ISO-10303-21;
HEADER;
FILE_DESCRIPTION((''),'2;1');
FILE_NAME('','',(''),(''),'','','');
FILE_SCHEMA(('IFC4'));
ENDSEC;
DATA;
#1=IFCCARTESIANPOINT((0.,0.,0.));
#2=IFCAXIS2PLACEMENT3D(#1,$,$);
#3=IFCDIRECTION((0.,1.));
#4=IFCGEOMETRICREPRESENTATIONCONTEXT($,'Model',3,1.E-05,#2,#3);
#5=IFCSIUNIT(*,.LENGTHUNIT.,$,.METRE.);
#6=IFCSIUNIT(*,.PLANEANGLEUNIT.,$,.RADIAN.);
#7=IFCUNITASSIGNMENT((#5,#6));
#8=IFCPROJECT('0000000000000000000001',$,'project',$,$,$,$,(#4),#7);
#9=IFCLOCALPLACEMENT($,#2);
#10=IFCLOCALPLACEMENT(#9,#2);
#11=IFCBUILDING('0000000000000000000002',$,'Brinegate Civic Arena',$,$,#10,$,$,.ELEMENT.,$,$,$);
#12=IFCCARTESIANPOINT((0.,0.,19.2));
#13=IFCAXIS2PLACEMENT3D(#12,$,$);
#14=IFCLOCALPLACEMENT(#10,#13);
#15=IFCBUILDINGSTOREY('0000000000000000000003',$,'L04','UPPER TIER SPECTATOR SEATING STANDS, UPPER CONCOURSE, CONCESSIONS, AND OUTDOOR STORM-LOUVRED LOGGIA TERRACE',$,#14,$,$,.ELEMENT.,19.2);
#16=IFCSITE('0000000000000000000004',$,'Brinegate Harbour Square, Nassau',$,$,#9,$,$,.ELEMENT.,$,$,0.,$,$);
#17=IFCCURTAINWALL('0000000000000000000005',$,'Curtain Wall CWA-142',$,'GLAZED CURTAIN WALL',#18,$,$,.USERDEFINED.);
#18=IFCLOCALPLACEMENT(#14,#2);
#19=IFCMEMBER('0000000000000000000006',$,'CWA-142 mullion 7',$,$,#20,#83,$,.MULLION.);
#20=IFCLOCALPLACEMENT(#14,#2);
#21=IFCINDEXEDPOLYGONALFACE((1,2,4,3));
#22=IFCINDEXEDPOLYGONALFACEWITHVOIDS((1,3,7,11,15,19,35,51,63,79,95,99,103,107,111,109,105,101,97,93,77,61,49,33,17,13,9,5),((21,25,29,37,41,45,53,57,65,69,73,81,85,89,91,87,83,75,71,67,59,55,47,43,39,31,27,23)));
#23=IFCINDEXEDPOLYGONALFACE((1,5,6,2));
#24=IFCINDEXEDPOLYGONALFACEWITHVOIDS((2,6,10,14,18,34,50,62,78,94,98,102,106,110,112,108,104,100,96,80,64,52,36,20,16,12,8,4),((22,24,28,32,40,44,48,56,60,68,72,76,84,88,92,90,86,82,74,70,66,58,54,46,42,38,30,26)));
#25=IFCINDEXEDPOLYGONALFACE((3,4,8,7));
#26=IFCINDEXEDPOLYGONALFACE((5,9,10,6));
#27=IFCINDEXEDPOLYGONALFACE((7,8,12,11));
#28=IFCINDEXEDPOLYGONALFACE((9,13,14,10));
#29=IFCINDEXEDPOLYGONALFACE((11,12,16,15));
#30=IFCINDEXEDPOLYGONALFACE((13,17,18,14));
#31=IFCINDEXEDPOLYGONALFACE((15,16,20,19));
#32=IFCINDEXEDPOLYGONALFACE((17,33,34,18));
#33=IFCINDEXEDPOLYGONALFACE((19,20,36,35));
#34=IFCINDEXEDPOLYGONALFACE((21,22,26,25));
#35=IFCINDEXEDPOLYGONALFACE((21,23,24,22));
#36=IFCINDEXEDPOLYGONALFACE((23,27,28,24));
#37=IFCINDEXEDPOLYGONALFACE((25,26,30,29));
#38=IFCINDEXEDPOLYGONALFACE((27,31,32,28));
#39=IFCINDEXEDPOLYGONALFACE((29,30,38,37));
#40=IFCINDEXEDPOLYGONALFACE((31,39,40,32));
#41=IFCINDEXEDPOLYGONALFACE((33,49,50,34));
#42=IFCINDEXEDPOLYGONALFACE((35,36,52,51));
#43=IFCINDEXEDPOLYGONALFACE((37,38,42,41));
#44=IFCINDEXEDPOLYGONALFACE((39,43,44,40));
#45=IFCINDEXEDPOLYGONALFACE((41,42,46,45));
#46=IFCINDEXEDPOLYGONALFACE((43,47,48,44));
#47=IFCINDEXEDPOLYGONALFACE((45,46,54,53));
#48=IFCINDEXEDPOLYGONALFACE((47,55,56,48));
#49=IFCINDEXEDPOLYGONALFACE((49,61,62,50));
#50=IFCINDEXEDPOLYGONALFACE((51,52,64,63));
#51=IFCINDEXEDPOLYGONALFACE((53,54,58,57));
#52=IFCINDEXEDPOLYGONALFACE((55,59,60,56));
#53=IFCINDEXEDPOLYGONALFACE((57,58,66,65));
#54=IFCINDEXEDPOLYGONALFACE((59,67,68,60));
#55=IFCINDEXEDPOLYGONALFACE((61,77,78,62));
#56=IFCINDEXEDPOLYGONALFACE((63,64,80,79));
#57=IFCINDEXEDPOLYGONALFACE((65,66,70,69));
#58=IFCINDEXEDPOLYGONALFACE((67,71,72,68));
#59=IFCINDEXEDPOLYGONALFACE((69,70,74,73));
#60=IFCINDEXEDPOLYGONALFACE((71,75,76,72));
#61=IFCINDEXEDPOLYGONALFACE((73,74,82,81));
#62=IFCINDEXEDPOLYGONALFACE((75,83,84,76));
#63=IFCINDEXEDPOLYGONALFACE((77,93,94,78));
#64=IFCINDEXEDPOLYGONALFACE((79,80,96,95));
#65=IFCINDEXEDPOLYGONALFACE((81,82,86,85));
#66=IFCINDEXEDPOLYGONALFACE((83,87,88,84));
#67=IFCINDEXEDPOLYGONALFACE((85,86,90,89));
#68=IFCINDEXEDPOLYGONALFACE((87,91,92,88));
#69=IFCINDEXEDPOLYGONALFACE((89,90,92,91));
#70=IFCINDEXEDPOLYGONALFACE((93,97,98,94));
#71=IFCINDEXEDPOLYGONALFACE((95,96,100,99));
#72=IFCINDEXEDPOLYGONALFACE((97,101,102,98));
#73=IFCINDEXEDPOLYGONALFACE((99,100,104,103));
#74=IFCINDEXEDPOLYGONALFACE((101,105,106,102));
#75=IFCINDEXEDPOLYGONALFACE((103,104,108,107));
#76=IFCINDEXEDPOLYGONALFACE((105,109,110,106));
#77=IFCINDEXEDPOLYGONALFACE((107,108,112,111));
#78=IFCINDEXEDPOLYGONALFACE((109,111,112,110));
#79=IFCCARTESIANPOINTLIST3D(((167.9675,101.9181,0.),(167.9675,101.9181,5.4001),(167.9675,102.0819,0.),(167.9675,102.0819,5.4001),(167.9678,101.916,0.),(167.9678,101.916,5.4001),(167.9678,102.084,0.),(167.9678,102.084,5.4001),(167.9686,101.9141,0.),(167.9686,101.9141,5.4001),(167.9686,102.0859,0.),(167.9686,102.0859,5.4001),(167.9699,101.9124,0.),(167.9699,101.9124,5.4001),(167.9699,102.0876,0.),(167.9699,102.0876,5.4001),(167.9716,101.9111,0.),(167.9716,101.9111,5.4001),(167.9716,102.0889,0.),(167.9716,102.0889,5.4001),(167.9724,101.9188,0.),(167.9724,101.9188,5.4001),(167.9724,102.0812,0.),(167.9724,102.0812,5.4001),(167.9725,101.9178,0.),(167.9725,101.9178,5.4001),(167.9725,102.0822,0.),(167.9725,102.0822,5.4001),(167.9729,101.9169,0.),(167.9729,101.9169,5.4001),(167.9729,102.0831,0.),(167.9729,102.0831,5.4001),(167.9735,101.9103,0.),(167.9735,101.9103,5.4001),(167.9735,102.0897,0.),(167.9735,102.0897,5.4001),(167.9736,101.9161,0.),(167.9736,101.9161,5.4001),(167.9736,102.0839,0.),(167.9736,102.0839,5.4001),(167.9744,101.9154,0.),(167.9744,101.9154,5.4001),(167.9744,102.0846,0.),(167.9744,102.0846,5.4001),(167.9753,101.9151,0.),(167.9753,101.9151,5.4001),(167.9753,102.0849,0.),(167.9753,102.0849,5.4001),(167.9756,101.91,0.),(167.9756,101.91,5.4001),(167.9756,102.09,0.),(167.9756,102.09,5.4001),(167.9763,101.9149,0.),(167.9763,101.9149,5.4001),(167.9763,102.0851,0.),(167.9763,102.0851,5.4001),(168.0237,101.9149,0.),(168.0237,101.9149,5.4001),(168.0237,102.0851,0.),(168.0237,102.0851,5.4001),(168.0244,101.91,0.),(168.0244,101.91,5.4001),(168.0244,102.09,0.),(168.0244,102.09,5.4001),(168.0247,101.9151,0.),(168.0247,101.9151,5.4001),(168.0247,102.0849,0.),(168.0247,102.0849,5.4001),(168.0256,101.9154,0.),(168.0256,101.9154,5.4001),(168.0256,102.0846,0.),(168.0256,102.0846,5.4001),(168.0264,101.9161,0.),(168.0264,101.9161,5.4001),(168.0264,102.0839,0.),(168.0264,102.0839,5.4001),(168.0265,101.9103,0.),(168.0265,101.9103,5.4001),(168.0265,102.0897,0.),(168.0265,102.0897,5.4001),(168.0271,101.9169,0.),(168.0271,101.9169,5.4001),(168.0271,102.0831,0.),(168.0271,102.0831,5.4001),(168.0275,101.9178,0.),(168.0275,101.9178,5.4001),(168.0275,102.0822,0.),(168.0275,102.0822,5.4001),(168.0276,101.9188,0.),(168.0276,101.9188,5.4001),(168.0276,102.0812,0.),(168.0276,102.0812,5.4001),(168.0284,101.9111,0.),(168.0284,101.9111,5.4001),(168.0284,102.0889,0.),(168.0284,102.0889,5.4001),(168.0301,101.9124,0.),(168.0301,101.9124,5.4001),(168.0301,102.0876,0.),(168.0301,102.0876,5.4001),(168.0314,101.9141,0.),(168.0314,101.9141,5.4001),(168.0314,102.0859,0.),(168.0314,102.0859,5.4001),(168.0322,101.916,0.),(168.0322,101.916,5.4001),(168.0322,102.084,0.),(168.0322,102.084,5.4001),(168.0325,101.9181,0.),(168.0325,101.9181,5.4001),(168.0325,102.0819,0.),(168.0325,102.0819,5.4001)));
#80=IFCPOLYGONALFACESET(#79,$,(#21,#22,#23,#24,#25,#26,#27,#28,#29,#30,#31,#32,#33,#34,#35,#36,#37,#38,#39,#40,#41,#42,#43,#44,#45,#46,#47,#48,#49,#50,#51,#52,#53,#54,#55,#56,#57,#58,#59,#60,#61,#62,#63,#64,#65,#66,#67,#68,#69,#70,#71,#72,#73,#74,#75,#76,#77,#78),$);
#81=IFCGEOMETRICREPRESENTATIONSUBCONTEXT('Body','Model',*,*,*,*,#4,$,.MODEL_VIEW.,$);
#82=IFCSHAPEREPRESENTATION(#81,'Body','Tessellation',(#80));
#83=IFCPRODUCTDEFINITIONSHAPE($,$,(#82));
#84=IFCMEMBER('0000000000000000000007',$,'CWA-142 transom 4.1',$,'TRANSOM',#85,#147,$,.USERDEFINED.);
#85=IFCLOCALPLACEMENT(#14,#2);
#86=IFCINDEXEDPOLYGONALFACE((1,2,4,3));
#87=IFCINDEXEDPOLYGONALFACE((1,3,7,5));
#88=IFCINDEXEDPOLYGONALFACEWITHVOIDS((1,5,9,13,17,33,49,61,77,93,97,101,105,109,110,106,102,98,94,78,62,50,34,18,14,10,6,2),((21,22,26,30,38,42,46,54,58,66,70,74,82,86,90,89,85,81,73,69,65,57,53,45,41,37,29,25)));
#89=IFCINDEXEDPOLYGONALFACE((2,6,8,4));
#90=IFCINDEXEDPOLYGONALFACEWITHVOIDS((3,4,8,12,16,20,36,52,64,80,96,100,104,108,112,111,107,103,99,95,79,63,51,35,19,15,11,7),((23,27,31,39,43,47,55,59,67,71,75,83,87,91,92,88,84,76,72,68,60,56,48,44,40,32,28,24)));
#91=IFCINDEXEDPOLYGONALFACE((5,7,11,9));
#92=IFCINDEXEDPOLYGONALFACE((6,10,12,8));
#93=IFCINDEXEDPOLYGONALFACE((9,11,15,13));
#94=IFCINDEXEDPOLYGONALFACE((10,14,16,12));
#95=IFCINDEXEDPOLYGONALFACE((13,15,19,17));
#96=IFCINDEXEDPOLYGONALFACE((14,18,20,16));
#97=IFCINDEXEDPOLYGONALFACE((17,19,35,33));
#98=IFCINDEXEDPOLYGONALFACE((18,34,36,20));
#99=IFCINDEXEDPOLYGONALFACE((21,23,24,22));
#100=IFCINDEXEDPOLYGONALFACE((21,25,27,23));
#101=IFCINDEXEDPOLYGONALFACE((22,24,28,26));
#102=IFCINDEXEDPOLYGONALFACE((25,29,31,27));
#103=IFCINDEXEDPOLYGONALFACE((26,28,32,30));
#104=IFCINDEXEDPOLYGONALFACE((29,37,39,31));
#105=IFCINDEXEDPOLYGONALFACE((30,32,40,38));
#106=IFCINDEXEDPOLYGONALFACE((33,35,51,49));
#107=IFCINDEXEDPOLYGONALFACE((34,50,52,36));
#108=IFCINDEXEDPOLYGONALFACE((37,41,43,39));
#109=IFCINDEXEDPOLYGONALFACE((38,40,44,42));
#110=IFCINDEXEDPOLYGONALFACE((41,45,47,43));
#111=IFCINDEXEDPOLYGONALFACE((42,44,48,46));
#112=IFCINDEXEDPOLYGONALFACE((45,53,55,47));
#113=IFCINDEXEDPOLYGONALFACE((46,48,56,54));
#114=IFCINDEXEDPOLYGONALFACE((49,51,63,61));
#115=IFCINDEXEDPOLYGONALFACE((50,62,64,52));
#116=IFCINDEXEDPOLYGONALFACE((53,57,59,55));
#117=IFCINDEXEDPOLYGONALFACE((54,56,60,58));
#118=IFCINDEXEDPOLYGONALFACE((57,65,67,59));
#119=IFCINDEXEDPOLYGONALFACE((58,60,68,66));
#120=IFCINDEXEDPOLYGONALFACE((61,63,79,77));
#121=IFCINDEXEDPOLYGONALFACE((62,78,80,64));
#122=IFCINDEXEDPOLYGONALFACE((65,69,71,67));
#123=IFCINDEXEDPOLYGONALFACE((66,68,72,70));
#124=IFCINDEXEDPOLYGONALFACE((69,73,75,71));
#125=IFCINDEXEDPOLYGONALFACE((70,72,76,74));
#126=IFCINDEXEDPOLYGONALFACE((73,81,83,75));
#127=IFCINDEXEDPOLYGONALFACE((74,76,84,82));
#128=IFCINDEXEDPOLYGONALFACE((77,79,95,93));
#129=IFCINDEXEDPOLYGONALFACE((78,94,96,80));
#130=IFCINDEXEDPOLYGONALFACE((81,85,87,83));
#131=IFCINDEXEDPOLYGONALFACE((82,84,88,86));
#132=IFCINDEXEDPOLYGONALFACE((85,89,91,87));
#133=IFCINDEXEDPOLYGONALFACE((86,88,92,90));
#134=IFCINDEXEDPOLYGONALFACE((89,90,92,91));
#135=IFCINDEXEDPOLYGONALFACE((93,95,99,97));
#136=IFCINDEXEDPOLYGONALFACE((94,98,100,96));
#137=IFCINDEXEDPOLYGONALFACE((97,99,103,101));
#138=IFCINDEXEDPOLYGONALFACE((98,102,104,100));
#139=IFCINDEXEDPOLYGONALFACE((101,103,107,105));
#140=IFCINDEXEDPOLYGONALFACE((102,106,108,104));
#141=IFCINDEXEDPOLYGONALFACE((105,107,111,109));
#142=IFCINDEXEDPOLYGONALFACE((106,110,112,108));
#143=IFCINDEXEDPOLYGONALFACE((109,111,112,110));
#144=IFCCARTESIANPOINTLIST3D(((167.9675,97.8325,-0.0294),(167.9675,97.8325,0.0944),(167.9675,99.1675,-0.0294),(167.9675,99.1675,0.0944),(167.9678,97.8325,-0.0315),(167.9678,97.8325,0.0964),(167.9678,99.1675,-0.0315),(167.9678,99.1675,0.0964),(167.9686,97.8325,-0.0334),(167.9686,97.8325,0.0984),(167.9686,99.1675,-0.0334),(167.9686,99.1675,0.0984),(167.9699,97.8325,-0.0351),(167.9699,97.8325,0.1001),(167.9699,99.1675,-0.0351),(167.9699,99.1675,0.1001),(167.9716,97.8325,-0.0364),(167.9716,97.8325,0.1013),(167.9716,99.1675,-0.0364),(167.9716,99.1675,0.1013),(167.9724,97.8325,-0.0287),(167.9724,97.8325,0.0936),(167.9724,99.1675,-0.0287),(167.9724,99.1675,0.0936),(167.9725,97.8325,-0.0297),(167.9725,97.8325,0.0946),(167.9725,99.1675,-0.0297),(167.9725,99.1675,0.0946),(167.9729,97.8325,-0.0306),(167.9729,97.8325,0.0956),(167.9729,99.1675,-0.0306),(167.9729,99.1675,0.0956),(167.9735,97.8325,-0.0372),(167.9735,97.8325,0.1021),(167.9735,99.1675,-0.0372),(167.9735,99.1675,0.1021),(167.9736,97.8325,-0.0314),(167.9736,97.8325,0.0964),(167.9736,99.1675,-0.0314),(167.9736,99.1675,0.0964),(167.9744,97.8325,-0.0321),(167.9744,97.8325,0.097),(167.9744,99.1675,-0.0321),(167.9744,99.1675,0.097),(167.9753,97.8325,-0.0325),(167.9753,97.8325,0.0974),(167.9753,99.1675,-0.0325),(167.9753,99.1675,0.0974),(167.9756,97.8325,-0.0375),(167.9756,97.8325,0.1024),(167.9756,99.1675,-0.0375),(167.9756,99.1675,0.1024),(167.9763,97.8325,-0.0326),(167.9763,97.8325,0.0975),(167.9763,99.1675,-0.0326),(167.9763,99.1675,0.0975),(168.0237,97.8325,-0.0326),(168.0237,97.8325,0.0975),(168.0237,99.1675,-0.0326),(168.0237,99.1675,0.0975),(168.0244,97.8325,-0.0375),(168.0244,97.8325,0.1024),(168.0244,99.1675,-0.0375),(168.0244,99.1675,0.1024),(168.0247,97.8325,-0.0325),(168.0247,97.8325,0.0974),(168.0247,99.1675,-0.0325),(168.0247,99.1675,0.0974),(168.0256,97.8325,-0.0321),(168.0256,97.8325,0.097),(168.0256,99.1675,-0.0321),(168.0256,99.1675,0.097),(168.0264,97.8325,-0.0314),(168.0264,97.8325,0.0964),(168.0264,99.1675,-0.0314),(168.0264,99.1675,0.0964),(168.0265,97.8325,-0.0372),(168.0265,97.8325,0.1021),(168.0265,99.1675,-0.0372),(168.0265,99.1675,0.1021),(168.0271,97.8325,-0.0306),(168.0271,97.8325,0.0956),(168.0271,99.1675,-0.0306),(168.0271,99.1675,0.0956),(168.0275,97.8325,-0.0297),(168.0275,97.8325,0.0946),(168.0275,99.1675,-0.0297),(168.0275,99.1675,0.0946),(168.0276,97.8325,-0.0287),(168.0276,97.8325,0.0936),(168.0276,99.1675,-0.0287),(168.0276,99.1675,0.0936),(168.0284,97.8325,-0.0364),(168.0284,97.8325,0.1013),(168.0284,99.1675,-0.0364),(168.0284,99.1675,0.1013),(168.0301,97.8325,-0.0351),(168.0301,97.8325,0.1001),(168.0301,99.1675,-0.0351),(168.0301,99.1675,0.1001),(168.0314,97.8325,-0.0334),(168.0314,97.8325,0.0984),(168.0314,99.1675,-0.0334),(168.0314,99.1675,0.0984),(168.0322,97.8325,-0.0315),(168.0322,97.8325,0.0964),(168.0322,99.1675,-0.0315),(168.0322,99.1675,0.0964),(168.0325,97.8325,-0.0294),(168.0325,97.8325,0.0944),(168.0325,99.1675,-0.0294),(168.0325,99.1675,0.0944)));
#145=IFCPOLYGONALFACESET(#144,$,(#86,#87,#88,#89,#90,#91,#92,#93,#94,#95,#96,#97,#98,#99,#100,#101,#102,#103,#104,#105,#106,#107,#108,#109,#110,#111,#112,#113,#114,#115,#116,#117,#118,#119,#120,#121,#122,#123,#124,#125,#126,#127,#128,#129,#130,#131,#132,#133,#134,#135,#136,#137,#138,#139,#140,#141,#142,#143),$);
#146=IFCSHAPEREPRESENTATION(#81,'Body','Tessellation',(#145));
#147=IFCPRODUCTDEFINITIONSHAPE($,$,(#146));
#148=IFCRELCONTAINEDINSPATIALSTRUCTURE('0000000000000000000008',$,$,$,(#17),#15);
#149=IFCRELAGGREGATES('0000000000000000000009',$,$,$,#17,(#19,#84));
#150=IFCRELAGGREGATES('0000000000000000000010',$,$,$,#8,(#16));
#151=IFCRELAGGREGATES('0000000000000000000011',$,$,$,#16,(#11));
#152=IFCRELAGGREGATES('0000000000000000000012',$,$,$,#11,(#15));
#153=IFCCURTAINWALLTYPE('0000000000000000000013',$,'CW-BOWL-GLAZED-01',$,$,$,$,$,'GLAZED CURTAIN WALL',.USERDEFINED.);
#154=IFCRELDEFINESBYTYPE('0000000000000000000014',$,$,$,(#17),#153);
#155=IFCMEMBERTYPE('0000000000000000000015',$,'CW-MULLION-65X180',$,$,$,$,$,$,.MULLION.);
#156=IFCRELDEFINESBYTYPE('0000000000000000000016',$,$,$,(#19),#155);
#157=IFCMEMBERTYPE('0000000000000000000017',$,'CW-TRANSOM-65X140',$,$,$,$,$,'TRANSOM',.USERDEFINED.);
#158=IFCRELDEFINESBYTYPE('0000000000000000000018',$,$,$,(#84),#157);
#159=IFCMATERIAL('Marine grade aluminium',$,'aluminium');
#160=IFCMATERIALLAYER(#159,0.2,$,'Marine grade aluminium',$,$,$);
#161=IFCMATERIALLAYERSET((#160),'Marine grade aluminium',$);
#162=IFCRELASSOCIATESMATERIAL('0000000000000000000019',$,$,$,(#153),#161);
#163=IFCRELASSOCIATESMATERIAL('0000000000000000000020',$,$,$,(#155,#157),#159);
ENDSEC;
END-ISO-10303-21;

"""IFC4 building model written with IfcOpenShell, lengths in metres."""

from ifc_helpers import new_model, si_unit, direction, frame, origin, origin_2d, place, context, subcontext, project, spatial, hollow_rectangle, extrude, material, layer, layer_set, material_profile, profile_set, type_object, element, aggregate, save


model = new_model("IFC4")

# Units and contexts
model_context = context("Model", 3, precision=1e-05, world=origin(), true_north=direction((0.0, 1.0)))
body_context = subcontext(model_context, "Body", "Model", "MODEL_VIEW")
ifc_project = project(units=[si_unit("LENGTHUNIT", "METRE"), si_unit("PLANEANGLEUNIT", "RADIAN")], contexts=[model_context])

# Site, building, storey
site_placement = place(None, origin())
site = spatial("IfcSite", under=ifc_project, at=site_placement, Name="Brinegate Harbour Square, Nassau", CompositionType="ELEMENT", RefElevation=0.0)
building_placement = place(site_placement, origin())
building = spatial("IfcBuilding", under=site, at=building_placement, Name="Brinegate Civic Arena", CompositionType="ELEMENT")
storey_placement = place(building_placement, frame((0.0, 0.0, 19.2)))
storey = spatial("IfcBuildingStorey", under=building, at=storey_placement, Name="L04", Description="UPPER TIER SPECTATOR SEATING STANDS, UPPER CONCOURSE, CONCESSIONS, AND OUTDOOR STORM-LOUVRED LOGGIA TERRACE", CompositionType="ELEMENT", Elevation=19.2)

# Curtain wall, members
ifc_material_1 = material(Name="Marine grade aluminium", Category="aluminium")
ifc_layer_1 = layer(ifc_material_1, 0.2, Name="Marine grade aluminium")
ifc_layer_set_1 = layer_set([ifc_layer_1], Name="Marine grade aluminium")
curtain_wall_type = type_object("IfcCurtainWallType", Name="CW-BOWL-GLAZED-01", ElementType="GLAZED CURTAIN WALL", PredefinedType="USERDEFINED", material=ifc_layer_set_1)
curtain_wall_placement = place(storey_placement, origin())
curtain_wall = element("IfcCurtainWall", 1, at=curtain_wall_placement, inside=storey, type_object=curtain_wall_type, Name="Curtain Wall CWA-142", ObjectType="GLAZED CURTAIN WALL", PredefinedType="USERDEFINED")
ifc_material_profile_1 = material_profile(ifc_material_1, hollow_rectangle(XDim=0.0649, YDim=0.1799, WallThickness=0.0049, InnerFilletRadius=0.0039, OuterFilletRadius=0.0081, at=origin_2d()), Name="MUL65X180")
ifc_profile_set_1 = profile_set([ifc_material_profile_1], Name="Marine grade aluminium")
member_type_1 = type_object("IfcMemberType", Name="CW-MULLION-65X180", PredefinedType="MULLION", material=ifc_profile_set_1)
member_1_placement = place(storey_placement, frame((168.0, 102.0, 0.0), z_axis=(0.0, 0.0, 1.0), x_axis=(-1.0, 0.0, 0.0)))
member_1 = element("IfcMember", 2, at=member_1_placement, type_object=member_type_1, Name="CWA-142 mullion 7", PredefinedType="MULLION", context=body_context, shape_type="SweptSolid", body=[
    extrude(hollow_rectangle(XDim=0.0649, YDim=0.1799, WallThickness=0.0049, InnerFilletRadius=0.0039, OuterFilletRadius=0.0081, at=origin_2d()), origin(), (0.0, 0.0, 1.0), 5.4001),
])
ifc_material_profile_2 = material_profile(ifc_material_1, hollow_rectangle(XDim=0.0649, YDim=0.1399, WallThickness=0.0049, InnerFilletRadius=0.0039, OuterFilletRadius=0.0081, at=origin_2d()), Name="TRN65X140")
ifc_profile_set_2 = profile_set([ifc_material_profile_2], Name="Marine grade aluminium")
member_type_2 = type_object("IfcMemberType", Name="CW-TRANSOM-65X140", ElementType="TRANSOM", PredefinedType="USERDEFINED", material=ifc_profile_set_2)
member_2_placement = place(storey_placement, frame((168.0, 97.8325, 0.0325), z_axis=(0.0, 1.0, 0.0), x_axis=(-1.0, 0.0, 0.0)))
member_2 = element("IfcMember", 3, at=member_2_placement, type_object=member_type_2, Name="CWA-142 transom 4.1", ObjectType="TRANSOM", PredefinedType="USERDEFINED", context=body_context, shape_type="SweptSolid", body=[
    extrude(hollow_rectangle(XDim=0.0649, YDim=0.1399, WallThickness=0.0049, InnerFilletRadius=0.0039, OuterFilletRadius=0.0081, at=origin_2d()), origin(), (0.0, 0.0, 1.0), 1.335),
])
aggregate(curtain_wall, [member_1, member_2])

save(model, "model.ifc")
